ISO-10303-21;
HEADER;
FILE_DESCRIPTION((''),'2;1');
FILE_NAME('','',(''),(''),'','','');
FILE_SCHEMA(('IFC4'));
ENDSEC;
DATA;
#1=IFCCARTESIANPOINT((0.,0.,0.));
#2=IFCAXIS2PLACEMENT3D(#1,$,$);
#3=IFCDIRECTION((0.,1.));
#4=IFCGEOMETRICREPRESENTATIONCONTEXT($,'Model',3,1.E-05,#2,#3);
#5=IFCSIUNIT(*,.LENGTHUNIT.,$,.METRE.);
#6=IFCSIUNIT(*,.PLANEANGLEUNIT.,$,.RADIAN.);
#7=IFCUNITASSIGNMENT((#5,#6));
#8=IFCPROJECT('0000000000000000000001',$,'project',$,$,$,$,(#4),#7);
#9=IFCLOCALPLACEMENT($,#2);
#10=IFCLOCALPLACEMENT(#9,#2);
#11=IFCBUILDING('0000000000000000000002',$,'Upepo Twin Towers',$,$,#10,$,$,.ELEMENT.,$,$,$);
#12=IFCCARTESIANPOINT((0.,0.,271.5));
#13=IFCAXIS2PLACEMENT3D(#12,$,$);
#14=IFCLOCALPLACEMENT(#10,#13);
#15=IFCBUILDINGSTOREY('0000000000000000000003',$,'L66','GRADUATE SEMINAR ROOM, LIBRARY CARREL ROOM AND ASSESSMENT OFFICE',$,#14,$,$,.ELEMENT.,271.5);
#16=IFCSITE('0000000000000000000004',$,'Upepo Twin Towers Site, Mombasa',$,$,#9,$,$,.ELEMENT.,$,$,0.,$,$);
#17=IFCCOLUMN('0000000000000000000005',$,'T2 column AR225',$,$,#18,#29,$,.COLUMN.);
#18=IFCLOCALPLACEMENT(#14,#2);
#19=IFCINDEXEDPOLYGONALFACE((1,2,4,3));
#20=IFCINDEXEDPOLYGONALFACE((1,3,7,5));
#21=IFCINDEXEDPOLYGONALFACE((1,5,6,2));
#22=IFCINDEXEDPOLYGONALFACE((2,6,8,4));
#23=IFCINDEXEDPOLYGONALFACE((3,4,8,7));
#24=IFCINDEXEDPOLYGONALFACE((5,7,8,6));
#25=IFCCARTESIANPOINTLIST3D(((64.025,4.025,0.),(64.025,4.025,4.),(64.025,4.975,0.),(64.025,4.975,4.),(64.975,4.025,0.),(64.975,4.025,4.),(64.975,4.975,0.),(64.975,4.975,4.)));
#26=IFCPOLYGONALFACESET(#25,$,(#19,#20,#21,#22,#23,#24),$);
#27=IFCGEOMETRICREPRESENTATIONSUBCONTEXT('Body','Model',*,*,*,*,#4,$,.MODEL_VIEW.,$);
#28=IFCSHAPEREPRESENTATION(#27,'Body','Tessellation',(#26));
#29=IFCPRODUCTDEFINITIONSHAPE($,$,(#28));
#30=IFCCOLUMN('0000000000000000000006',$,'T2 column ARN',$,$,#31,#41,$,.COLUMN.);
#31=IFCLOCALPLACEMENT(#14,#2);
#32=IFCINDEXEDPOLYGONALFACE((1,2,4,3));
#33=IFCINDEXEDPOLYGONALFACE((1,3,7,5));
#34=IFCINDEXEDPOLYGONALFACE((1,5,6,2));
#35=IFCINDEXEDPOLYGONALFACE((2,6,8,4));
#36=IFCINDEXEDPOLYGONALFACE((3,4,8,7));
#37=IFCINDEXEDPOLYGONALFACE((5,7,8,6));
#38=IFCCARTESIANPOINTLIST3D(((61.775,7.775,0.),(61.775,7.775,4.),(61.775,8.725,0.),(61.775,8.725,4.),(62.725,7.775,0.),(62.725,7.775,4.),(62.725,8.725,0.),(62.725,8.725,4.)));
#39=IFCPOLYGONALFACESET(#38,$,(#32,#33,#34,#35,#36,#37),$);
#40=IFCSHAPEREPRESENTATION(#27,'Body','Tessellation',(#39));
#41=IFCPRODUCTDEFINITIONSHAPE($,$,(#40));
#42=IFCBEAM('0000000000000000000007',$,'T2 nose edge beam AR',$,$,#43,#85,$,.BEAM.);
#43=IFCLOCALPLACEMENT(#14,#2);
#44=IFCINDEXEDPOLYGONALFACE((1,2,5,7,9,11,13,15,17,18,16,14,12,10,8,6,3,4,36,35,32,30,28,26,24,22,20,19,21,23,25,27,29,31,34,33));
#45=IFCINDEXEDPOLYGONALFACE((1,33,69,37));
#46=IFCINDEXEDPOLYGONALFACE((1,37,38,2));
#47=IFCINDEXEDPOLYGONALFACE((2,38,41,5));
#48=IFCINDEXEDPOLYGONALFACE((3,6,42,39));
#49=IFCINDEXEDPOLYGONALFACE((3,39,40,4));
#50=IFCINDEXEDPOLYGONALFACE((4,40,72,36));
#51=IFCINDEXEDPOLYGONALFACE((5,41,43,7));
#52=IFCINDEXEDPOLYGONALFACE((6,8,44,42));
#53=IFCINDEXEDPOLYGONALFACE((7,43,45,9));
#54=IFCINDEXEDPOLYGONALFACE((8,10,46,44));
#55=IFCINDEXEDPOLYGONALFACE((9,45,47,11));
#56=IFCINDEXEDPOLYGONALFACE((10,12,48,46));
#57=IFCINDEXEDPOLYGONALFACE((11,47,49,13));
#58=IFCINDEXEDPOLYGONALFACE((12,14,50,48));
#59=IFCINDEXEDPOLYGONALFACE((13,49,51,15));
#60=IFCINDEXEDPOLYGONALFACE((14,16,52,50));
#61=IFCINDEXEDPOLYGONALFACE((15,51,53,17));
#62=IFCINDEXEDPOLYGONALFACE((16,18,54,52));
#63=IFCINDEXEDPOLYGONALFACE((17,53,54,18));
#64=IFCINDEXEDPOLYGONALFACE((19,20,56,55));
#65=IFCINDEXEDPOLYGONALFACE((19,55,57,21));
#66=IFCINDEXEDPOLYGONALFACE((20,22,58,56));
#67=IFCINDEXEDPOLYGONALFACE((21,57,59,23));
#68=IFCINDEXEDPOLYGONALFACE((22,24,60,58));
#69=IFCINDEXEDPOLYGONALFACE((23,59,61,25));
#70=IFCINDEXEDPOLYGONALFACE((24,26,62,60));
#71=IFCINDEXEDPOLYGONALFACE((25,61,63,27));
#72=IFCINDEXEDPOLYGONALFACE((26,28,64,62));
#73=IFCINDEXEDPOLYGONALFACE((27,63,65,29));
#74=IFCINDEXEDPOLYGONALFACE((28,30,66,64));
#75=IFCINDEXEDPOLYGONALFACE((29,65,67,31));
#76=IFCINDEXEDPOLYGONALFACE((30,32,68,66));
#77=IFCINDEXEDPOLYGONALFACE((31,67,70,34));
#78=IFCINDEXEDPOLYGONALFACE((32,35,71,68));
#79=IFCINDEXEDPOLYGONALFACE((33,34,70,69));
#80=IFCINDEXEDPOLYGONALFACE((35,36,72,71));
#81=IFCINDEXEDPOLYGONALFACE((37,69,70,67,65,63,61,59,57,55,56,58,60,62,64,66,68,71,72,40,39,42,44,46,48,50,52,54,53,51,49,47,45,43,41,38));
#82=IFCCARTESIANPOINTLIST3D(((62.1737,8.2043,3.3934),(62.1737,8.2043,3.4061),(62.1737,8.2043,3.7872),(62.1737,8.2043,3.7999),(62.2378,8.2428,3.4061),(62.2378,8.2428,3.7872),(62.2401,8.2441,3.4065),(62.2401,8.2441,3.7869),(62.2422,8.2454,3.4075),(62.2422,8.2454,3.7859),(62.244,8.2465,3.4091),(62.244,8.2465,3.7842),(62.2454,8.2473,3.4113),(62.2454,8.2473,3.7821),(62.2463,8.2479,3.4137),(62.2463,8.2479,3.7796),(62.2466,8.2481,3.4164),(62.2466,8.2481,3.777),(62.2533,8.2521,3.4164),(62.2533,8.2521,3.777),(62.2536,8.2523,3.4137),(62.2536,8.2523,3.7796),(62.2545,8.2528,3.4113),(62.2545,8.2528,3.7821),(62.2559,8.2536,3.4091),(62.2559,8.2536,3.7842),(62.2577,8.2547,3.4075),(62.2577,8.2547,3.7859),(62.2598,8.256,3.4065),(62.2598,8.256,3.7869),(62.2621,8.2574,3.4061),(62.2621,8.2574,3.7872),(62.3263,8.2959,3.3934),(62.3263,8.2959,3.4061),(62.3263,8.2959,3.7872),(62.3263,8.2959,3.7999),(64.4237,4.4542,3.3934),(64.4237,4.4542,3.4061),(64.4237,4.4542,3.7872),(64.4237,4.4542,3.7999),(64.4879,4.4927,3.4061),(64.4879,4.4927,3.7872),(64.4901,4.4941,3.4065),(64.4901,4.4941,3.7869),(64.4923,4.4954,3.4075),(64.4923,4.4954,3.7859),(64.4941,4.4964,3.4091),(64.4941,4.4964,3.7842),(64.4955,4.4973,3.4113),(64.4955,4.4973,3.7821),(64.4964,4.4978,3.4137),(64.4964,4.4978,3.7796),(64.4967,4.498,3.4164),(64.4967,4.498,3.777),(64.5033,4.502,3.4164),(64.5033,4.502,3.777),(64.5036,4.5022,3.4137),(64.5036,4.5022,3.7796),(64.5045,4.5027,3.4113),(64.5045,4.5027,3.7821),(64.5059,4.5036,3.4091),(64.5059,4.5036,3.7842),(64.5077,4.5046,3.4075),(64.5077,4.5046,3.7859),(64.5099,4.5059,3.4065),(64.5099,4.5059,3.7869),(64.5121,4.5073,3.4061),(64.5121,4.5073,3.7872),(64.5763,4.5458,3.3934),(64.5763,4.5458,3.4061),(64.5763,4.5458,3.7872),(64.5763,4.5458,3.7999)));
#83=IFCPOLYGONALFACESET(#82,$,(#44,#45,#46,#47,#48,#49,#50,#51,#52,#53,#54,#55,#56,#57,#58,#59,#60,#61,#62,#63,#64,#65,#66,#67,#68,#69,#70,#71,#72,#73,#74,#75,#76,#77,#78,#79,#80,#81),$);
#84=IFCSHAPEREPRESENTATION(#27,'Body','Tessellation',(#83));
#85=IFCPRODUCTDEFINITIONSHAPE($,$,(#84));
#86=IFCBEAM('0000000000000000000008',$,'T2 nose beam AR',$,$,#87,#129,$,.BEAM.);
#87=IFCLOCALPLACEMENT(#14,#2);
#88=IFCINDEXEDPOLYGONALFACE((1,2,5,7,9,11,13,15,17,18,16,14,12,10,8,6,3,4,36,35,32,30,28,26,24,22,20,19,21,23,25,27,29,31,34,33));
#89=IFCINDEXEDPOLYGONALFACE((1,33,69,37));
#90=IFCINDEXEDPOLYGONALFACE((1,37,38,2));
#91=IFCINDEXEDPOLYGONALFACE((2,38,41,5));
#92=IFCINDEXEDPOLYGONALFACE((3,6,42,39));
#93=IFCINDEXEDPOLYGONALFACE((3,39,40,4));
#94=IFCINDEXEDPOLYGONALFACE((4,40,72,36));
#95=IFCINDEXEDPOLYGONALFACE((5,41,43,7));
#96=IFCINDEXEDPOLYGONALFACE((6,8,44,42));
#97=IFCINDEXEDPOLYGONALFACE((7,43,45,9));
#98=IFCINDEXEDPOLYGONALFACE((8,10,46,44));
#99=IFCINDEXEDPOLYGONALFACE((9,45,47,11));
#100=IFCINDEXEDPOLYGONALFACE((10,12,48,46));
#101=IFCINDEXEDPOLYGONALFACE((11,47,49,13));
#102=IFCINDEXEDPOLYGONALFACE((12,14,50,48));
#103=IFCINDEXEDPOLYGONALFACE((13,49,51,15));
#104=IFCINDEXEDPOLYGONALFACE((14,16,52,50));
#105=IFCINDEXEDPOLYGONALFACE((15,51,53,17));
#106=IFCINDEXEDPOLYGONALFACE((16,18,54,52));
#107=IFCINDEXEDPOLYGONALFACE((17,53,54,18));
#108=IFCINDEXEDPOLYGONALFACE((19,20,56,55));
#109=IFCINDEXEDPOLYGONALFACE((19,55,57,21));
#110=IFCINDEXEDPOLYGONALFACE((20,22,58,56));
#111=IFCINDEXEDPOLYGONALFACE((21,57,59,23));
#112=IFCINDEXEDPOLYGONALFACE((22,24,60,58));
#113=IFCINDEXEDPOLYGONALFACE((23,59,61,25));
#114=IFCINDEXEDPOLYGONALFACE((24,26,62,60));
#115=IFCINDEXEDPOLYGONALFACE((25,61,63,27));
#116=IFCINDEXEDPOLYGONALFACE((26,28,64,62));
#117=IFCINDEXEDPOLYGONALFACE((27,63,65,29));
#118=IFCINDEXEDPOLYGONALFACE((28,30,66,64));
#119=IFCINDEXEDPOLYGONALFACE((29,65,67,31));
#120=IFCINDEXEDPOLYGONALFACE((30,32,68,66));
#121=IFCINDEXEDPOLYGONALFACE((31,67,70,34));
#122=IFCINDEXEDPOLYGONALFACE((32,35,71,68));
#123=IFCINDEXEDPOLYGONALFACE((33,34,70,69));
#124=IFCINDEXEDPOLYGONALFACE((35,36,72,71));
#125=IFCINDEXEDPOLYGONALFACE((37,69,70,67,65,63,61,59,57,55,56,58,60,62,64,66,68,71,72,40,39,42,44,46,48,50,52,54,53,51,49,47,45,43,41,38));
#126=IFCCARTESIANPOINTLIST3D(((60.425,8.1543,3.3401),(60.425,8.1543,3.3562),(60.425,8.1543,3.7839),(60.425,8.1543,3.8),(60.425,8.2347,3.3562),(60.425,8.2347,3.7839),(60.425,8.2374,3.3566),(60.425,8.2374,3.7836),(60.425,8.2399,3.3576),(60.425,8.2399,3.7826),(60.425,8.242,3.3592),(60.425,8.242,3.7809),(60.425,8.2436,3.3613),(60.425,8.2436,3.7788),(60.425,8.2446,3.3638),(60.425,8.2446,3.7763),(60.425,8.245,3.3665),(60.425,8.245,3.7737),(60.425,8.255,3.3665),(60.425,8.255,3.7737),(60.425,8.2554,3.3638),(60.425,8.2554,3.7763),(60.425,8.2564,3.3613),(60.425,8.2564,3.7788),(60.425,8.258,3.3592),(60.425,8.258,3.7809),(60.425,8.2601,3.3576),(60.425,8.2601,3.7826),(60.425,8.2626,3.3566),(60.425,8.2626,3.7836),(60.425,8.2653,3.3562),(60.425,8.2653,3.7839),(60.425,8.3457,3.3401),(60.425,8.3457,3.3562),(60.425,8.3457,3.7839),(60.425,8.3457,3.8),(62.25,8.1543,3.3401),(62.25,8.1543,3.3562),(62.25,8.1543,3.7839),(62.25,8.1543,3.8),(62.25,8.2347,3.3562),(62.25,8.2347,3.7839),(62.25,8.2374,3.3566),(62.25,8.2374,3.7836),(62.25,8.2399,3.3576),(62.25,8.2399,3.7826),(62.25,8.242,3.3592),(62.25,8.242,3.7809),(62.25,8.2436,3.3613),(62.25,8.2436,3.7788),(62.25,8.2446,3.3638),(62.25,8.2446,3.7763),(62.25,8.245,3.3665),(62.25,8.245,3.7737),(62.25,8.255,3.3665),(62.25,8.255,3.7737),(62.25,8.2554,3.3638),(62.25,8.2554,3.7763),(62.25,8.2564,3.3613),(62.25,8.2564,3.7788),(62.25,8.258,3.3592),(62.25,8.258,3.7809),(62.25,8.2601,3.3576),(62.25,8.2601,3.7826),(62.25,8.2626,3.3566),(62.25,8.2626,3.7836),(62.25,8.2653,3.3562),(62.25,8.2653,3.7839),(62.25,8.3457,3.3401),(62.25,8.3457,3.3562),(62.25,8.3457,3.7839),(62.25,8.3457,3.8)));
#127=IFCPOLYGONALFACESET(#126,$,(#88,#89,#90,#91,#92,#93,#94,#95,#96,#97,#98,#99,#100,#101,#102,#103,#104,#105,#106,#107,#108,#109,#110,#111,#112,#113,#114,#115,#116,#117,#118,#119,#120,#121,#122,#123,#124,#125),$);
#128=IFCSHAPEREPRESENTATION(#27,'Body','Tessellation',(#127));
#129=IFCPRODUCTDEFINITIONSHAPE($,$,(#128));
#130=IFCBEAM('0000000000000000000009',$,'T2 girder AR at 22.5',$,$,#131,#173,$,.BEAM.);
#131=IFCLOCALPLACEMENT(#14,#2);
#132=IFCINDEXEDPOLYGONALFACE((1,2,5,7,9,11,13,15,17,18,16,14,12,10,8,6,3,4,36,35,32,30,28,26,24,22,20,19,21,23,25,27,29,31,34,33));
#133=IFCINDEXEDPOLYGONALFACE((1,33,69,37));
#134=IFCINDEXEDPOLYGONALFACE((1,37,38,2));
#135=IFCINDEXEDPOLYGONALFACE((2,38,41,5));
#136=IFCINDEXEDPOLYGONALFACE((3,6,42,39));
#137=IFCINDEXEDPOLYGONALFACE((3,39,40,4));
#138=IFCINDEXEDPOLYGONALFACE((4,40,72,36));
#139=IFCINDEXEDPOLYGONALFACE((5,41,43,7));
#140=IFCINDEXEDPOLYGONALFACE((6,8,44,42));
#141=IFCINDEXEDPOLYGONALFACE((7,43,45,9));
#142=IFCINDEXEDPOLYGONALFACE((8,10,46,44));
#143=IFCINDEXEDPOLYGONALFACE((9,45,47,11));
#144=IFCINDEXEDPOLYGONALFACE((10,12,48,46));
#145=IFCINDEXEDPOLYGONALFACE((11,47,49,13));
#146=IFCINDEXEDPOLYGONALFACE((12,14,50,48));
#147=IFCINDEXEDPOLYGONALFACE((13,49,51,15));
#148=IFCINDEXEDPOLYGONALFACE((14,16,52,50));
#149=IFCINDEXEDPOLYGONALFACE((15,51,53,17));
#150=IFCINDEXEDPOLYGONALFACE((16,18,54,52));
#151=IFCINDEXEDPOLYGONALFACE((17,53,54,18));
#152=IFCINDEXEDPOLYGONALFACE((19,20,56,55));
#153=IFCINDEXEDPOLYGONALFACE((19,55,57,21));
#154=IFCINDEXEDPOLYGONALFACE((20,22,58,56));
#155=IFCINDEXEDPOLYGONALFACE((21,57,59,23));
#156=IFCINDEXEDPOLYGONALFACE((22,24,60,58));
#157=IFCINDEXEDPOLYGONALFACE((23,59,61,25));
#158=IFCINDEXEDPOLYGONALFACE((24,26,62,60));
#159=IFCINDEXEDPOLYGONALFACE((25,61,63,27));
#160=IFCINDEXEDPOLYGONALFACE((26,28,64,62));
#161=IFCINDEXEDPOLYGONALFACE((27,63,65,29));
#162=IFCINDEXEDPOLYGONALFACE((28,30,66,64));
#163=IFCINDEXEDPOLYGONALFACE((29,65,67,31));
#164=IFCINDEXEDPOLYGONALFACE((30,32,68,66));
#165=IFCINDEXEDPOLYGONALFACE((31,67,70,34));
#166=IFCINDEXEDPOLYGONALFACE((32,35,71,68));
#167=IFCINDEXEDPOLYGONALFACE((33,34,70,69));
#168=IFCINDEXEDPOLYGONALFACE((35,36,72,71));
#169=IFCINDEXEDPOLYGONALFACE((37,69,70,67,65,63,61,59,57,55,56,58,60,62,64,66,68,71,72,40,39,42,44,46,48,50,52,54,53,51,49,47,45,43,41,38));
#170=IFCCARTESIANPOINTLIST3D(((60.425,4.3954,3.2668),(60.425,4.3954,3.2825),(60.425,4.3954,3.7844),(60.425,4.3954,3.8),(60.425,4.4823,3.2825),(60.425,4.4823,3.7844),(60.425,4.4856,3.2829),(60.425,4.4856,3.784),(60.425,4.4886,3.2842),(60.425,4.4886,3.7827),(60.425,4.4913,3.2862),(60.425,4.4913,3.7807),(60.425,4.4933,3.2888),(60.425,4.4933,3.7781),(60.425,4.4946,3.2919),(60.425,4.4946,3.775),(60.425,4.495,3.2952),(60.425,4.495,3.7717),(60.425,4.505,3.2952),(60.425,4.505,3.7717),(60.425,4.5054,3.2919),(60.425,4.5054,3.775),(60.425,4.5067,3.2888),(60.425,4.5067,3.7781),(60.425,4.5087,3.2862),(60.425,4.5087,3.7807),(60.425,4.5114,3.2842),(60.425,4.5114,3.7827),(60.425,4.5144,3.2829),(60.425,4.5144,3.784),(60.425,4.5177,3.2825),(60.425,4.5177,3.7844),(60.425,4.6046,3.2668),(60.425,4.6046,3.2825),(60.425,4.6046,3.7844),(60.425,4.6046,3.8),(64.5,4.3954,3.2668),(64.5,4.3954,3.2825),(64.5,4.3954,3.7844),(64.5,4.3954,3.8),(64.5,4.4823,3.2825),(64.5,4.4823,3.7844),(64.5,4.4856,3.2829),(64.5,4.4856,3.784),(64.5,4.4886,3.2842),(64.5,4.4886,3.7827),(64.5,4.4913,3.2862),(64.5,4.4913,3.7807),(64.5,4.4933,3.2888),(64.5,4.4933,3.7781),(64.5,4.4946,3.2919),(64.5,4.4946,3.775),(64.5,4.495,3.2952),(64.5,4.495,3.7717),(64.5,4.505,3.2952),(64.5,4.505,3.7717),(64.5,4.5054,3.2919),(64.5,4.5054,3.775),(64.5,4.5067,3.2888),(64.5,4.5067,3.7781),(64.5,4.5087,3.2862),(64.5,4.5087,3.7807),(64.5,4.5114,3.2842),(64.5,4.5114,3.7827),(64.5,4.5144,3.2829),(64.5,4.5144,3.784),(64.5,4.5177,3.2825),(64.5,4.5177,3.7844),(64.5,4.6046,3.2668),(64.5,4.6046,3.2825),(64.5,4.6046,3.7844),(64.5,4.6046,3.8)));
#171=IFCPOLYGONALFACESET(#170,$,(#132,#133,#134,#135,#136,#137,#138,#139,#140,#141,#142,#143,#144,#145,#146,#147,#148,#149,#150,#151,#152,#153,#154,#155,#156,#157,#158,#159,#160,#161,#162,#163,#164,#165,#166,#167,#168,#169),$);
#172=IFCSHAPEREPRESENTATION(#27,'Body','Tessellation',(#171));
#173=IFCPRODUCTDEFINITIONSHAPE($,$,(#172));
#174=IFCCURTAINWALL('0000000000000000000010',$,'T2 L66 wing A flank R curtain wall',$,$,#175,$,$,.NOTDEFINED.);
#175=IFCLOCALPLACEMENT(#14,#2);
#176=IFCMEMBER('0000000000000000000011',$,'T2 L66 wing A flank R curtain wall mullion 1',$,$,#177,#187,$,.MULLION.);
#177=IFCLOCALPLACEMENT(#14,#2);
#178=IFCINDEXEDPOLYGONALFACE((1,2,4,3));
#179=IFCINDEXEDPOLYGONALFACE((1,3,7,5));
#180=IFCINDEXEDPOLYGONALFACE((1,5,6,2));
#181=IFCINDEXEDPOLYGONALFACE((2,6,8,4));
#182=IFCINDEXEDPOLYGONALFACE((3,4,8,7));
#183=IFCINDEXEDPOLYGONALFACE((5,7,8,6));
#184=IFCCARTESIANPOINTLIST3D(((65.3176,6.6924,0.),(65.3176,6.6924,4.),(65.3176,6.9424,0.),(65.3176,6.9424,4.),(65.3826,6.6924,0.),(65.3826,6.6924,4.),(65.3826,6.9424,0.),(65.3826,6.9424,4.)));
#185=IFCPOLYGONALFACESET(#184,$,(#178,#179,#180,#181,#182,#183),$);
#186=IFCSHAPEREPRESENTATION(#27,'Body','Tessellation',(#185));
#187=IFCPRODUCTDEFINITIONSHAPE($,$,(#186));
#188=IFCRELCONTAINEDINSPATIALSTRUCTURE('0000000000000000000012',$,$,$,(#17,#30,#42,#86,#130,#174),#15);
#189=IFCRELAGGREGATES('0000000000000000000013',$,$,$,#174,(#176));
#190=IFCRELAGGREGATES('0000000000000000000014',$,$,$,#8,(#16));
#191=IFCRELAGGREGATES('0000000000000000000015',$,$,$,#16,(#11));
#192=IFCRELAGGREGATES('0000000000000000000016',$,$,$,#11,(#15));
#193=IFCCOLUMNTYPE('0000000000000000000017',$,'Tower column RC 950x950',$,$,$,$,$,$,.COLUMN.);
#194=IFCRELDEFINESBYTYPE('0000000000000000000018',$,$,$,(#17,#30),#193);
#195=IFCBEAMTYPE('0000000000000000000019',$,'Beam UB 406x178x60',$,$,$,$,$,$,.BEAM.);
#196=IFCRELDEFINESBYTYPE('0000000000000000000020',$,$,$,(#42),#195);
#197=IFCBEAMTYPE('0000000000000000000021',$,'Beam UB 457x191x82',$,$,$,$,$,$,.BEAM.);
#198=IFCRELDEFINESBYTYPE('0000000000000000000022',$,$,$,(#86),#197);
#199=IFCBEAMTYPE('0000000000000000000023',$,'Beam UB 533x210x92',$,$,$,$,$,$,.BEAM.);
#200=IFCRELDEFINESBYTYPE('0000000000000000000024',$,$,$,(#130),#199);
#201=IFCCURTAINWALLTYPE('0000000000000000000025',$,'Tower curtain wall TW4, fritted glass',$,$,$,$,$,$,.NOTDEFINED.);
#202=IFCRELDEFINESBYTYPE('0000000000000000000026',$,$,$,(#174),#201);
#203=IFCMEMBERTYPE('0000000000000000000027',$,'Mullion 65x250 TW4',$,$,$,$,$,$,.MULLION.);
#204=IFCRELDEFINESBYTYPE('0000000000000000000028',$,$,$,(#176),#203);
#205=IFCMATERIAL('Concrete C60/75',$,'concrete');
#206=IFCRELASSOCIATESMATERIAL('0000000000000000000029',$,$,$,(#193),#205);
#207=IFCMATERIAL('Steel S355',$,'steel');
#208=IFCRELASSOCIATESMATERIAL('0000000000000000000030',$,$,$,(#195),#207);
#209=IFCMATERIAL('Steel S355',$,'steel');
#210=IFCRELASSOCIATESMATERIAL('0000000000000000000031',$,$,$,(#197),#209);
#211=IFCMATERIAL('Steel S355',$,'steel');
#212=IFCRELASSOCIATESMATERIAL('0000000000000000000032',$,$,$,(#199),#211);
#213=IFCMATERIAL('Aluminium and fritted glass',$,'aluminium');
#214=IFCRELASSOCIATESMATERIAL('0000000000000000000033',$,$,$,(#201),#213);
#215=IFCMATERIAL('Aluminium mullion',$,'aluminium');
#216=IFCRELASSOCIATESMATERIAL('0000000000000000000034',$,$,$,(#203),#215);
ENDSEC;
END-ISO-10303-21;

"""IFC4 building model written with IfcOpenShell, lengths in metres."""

from ifc_helpers import new_model, si_unit, direction, frame, origin, origin_2d, place, context, subcontext, project, spatial, rectangle, i_section, extrude, material, material_profile, profile_set, type_object, element, aggregate, save


model = new_model("IFC4")

# Units and contexts
model_context = context("Model", 3, precision=1e-05, world=origin(), true_north=direction((0.0, 1.0)))
body_context = subcontext(model_context, "Body", "Model", "MODEL_VIEW")
ifc_project = project(units=[si_unit("LENGTHUNIT", "METRE"), si_unit("PLANEANGLEUNIT", "RADIAN")], contexts=[model_context])

# Site, building, storey
site_placement = place(None, origin())
site = spatial("IfcSite", under=ifc_project, at=site_placement, Name="Upepo Twin Towers Site, Mombasa", CompositionType="ELEMENT", RefElevation=0.0)
building_placement = place(site_placement, origin())
building = spatial("IfcBuilding", under=site, at=building_placement, Name="Upepo Twin Towers", CompositionType="ELEMENT")
storey_placement = place(building_placement, frame((0.0, 0.0, 271.5)))
storey = spatial("IfcBuildingStorey", under=building, at=storey_placement, Name="L66", Description="GRADUATE SEMINAR ROOM, LIBRARY CARREL ROOM AND ASSESSMENT OFFICE", CompositionType="ELEMENT", Elevation=271.5)

# Columns
ifc_material_1 = material(Name="Concrete C60/75", Category="concrete")
ifc_material_profile_1 = material_profile(ifc_material_1, rectangle(XDim=0.95, YDim=0.95, at=origin_2d()), Name="RC 950x950")
ifc_profile_set_1 = profile_set([ifc_material_profile_1], Name="Concrete C60/75")
column_type = type_object("IfcColumnType", Name="Tower column RC 950x950", PredefinedType="COLUMN", material=ifc_profile_set_1)
for number, where, z_axis, x_axis, name in (
    (1, (64.5, 4.5, 0.0), (0.0, 0.0, 1.0), (1.0, 0.0, 0.0), "T2 column AR225"),
    (2, (62.25, 8.25, 0.0), (0.0, 0.0, 1.0), (1.0, 0.0, 0.0), "T2 column ARN"),
):
    element("IfcColumn", number, at=place(storey_placement, frame(where, z_axis=z_axis, x_axis=x_axis)), inside=storey, type_object=column_type, Name=name, PredefinedType="COLUMN", context=body_context, shape_type="SweptSolid", body=[
        extrude(rectangle(XDim=0.95, YDim=0.95, at=origin_2d()), origin(), (0.0, 0.0, 1.0), 4.0),
    ])

# Beams
ifc_material_2 = material(Name="Steel S355", Category="steel")
ifc_material_profile_2 = material_profile(ifc_material_2, i_section(OverallWidth=0.178, OverallDepth=0.4065, WebThickness=0.0078, FlangeThickness=0.0127, FilletRadius=0.0103, at=origin_2d()), Name="UB 406x178x60")
ifc_profile_set_2 = profile_set([ifc_material_profile_2], Name="Steel S355")
beam_type_1 = type_object("IfcBeamType", Name="Beam UB 406x178x60", PredefinedType="BEAM", material=ifc_profile_set_2)
beam_1_placement = place(storey_placement, frame((64.5, 4.5, 3.5967), z_axis=(-0.514496, 0.857493, 0.0), x_axis=(-0.857493, -0.514496, 0.0)))
element("IfcBeam", 3, at=beam_1_placement, inside=storey, type_object=beam_type_1, Name="T2 nose edge beam AR", PredefinedType="BEAM", context=body_context, shape_type="SweptSolid", body=[
    extrude(i_section(OverallWidth=0.178, OverallDepth=0.4065, WebThickness=0.0078, FlangeThickness=0.0127, FilletRadius=0.0103, at=origin_2d()), origin(), (0.0, 0.0, 1.0), 4.3733),
])
ifc_material_3 = material(Name="Steel S355", Category="steel")
ifc_material_profile_3 = material_profile(ifc_material_3, i_section(OverallWidth=0.1914, OverallDepth=0.46, WebThickness=0.01, FlangeThickness=0.0161, FilletRadius=0.0103, at=origin_2d()), Name="UB 457x191x82")
ifc_profile_set_3 = profile_set([ifc_material_profile_3], Name="Steel S355")
beam_type_2 = type_object("IfcBeamType", Name="Beam UB 457x191x82", PredefinedType="BEAM", material=ifc_profile_set_3)
beam_2_placement = place(storey_placement, frame((62.25, 8.25, 3.5701), z_axis=(-1.0, 0.0, 0.0), x_axis=(0.0, -1.0, 0.0)))
element("IfcBeam", 4, at=beam_2_placement, inside=storey, type_object=beam_type_2, Name="T2 nose beam AR", PredefinedType="BEAM", context=body_context, shape_type="SweptSolid", body=[
    extrude(i_section(OverallWidth=0.1914, OverallDepth=0.46, WebThickness=0.01, FlangeThickness=0.0161, FilletRadius=0.0103, at=origin_2d()), origin(), (0.0, 0.0, 1.0), 1.825),
])
ifc_material_4 = material(Name="Steel S355", Category="steel")
ifc_material_profile_4 = material_profile(ifc_material_4, i_section(OverallWidth=0.2092, OverallDepth=0.5332, WebThickness=0.01, FlangeThickness=0.0156, FilletRadius=0.0127, at=origin_2d()), Name="UB 533x210x92")
ifc_profile_set_4 = profile_set([ifc_material_profile_4], Name="Steel S355")
beam_type_3 = type_object("IfcBeamType", Name="Beam UB 533x210x92", PredefinedType="BEAM", material=ifc_profile_set_4)
beam_3_placement = place(storey_placement, frame((64.5, 4.5, 3.5334), z_axis=(-1.0, 0.0, 0.0), x_axis=(0.0, -1.0, 0.0)))
element("IfcBeam", 5, at=beam_3_placement, inside=storey, type_object=beam_type_3, Name="T2 girder AR at 22.5", PredefinedType="BEAM", context=body_context, shape_type="SweptSolid", body=[
    extrude(i_section(OverallWidth=0.2092, OverallDepth=0.5332, WebThickness=0.01, FlangeThickness=0.0156, FilletRadius=0.0127, at=origin_2d()), origin(), (0.0, 0.0, 1.0), 4.075),
])

# Curtain wall, member
ifc_material_5 = material(Name="Aluminium and fritted glass", Category="aluminium")
curtain_wall_type = type_object("IfcCurtainWallType", Name="Tower curtain wall TW4, fritted glass", PredefinedType="NOTDEFINED", material=ifc_material_5)
curtain_wall_1_placement = place(storey_placement, origin())
curtain_wall_1 = element("IfcCurtainWall", 6, at=curtain_wall_1_placement, inside=storey, type_object=curtain_wall_type, Name="T2 L66 wing A flank R curtain wall", PredefinedType="NOTDEFINED")
ifc_material_6 = material(Name="Aluminium mullion", Category="aluminium")
ifc_material_profile_5 = material_profile(ifc_material_6, rectangle(XDim=0.0649, YDim=0.25, at=origin_2d()), Name="MULLION 65x250")
ifc_profile_set_5 = profile_set([ifc_material_profile_5], Name="Aluminium mullion")
member_type_1 = type_object("IfcMemberType", Name="Mullion 65x250 TW4", PredefinedType="MULLION", material=ifc_profile_set_5)
member_1_placement = place(storey_placement, frame((65.3501, 6.8174, 0.0), z_axis=(0.0, 0.0, 1.0), x_axis=(1.0, 0.0, 0.0)))
member_1 = element("IfcMember", 7, at=member_1_placement, type_object=member_type_1, Name="T2 L66 wing A flank R curtain wall mullion 1", PredefinedType="MULLION", context=body_context, shape_type="SweptSolid", body=[
    extrude(rectangle(XDim=0.0649, YDim=0.25, at=origin_2d()), origin(), (0.0, 0.0, 1.0), 4.0),
])

aggregate(curtain_wall_1, [member_1])

save(model, "model.ifc")
